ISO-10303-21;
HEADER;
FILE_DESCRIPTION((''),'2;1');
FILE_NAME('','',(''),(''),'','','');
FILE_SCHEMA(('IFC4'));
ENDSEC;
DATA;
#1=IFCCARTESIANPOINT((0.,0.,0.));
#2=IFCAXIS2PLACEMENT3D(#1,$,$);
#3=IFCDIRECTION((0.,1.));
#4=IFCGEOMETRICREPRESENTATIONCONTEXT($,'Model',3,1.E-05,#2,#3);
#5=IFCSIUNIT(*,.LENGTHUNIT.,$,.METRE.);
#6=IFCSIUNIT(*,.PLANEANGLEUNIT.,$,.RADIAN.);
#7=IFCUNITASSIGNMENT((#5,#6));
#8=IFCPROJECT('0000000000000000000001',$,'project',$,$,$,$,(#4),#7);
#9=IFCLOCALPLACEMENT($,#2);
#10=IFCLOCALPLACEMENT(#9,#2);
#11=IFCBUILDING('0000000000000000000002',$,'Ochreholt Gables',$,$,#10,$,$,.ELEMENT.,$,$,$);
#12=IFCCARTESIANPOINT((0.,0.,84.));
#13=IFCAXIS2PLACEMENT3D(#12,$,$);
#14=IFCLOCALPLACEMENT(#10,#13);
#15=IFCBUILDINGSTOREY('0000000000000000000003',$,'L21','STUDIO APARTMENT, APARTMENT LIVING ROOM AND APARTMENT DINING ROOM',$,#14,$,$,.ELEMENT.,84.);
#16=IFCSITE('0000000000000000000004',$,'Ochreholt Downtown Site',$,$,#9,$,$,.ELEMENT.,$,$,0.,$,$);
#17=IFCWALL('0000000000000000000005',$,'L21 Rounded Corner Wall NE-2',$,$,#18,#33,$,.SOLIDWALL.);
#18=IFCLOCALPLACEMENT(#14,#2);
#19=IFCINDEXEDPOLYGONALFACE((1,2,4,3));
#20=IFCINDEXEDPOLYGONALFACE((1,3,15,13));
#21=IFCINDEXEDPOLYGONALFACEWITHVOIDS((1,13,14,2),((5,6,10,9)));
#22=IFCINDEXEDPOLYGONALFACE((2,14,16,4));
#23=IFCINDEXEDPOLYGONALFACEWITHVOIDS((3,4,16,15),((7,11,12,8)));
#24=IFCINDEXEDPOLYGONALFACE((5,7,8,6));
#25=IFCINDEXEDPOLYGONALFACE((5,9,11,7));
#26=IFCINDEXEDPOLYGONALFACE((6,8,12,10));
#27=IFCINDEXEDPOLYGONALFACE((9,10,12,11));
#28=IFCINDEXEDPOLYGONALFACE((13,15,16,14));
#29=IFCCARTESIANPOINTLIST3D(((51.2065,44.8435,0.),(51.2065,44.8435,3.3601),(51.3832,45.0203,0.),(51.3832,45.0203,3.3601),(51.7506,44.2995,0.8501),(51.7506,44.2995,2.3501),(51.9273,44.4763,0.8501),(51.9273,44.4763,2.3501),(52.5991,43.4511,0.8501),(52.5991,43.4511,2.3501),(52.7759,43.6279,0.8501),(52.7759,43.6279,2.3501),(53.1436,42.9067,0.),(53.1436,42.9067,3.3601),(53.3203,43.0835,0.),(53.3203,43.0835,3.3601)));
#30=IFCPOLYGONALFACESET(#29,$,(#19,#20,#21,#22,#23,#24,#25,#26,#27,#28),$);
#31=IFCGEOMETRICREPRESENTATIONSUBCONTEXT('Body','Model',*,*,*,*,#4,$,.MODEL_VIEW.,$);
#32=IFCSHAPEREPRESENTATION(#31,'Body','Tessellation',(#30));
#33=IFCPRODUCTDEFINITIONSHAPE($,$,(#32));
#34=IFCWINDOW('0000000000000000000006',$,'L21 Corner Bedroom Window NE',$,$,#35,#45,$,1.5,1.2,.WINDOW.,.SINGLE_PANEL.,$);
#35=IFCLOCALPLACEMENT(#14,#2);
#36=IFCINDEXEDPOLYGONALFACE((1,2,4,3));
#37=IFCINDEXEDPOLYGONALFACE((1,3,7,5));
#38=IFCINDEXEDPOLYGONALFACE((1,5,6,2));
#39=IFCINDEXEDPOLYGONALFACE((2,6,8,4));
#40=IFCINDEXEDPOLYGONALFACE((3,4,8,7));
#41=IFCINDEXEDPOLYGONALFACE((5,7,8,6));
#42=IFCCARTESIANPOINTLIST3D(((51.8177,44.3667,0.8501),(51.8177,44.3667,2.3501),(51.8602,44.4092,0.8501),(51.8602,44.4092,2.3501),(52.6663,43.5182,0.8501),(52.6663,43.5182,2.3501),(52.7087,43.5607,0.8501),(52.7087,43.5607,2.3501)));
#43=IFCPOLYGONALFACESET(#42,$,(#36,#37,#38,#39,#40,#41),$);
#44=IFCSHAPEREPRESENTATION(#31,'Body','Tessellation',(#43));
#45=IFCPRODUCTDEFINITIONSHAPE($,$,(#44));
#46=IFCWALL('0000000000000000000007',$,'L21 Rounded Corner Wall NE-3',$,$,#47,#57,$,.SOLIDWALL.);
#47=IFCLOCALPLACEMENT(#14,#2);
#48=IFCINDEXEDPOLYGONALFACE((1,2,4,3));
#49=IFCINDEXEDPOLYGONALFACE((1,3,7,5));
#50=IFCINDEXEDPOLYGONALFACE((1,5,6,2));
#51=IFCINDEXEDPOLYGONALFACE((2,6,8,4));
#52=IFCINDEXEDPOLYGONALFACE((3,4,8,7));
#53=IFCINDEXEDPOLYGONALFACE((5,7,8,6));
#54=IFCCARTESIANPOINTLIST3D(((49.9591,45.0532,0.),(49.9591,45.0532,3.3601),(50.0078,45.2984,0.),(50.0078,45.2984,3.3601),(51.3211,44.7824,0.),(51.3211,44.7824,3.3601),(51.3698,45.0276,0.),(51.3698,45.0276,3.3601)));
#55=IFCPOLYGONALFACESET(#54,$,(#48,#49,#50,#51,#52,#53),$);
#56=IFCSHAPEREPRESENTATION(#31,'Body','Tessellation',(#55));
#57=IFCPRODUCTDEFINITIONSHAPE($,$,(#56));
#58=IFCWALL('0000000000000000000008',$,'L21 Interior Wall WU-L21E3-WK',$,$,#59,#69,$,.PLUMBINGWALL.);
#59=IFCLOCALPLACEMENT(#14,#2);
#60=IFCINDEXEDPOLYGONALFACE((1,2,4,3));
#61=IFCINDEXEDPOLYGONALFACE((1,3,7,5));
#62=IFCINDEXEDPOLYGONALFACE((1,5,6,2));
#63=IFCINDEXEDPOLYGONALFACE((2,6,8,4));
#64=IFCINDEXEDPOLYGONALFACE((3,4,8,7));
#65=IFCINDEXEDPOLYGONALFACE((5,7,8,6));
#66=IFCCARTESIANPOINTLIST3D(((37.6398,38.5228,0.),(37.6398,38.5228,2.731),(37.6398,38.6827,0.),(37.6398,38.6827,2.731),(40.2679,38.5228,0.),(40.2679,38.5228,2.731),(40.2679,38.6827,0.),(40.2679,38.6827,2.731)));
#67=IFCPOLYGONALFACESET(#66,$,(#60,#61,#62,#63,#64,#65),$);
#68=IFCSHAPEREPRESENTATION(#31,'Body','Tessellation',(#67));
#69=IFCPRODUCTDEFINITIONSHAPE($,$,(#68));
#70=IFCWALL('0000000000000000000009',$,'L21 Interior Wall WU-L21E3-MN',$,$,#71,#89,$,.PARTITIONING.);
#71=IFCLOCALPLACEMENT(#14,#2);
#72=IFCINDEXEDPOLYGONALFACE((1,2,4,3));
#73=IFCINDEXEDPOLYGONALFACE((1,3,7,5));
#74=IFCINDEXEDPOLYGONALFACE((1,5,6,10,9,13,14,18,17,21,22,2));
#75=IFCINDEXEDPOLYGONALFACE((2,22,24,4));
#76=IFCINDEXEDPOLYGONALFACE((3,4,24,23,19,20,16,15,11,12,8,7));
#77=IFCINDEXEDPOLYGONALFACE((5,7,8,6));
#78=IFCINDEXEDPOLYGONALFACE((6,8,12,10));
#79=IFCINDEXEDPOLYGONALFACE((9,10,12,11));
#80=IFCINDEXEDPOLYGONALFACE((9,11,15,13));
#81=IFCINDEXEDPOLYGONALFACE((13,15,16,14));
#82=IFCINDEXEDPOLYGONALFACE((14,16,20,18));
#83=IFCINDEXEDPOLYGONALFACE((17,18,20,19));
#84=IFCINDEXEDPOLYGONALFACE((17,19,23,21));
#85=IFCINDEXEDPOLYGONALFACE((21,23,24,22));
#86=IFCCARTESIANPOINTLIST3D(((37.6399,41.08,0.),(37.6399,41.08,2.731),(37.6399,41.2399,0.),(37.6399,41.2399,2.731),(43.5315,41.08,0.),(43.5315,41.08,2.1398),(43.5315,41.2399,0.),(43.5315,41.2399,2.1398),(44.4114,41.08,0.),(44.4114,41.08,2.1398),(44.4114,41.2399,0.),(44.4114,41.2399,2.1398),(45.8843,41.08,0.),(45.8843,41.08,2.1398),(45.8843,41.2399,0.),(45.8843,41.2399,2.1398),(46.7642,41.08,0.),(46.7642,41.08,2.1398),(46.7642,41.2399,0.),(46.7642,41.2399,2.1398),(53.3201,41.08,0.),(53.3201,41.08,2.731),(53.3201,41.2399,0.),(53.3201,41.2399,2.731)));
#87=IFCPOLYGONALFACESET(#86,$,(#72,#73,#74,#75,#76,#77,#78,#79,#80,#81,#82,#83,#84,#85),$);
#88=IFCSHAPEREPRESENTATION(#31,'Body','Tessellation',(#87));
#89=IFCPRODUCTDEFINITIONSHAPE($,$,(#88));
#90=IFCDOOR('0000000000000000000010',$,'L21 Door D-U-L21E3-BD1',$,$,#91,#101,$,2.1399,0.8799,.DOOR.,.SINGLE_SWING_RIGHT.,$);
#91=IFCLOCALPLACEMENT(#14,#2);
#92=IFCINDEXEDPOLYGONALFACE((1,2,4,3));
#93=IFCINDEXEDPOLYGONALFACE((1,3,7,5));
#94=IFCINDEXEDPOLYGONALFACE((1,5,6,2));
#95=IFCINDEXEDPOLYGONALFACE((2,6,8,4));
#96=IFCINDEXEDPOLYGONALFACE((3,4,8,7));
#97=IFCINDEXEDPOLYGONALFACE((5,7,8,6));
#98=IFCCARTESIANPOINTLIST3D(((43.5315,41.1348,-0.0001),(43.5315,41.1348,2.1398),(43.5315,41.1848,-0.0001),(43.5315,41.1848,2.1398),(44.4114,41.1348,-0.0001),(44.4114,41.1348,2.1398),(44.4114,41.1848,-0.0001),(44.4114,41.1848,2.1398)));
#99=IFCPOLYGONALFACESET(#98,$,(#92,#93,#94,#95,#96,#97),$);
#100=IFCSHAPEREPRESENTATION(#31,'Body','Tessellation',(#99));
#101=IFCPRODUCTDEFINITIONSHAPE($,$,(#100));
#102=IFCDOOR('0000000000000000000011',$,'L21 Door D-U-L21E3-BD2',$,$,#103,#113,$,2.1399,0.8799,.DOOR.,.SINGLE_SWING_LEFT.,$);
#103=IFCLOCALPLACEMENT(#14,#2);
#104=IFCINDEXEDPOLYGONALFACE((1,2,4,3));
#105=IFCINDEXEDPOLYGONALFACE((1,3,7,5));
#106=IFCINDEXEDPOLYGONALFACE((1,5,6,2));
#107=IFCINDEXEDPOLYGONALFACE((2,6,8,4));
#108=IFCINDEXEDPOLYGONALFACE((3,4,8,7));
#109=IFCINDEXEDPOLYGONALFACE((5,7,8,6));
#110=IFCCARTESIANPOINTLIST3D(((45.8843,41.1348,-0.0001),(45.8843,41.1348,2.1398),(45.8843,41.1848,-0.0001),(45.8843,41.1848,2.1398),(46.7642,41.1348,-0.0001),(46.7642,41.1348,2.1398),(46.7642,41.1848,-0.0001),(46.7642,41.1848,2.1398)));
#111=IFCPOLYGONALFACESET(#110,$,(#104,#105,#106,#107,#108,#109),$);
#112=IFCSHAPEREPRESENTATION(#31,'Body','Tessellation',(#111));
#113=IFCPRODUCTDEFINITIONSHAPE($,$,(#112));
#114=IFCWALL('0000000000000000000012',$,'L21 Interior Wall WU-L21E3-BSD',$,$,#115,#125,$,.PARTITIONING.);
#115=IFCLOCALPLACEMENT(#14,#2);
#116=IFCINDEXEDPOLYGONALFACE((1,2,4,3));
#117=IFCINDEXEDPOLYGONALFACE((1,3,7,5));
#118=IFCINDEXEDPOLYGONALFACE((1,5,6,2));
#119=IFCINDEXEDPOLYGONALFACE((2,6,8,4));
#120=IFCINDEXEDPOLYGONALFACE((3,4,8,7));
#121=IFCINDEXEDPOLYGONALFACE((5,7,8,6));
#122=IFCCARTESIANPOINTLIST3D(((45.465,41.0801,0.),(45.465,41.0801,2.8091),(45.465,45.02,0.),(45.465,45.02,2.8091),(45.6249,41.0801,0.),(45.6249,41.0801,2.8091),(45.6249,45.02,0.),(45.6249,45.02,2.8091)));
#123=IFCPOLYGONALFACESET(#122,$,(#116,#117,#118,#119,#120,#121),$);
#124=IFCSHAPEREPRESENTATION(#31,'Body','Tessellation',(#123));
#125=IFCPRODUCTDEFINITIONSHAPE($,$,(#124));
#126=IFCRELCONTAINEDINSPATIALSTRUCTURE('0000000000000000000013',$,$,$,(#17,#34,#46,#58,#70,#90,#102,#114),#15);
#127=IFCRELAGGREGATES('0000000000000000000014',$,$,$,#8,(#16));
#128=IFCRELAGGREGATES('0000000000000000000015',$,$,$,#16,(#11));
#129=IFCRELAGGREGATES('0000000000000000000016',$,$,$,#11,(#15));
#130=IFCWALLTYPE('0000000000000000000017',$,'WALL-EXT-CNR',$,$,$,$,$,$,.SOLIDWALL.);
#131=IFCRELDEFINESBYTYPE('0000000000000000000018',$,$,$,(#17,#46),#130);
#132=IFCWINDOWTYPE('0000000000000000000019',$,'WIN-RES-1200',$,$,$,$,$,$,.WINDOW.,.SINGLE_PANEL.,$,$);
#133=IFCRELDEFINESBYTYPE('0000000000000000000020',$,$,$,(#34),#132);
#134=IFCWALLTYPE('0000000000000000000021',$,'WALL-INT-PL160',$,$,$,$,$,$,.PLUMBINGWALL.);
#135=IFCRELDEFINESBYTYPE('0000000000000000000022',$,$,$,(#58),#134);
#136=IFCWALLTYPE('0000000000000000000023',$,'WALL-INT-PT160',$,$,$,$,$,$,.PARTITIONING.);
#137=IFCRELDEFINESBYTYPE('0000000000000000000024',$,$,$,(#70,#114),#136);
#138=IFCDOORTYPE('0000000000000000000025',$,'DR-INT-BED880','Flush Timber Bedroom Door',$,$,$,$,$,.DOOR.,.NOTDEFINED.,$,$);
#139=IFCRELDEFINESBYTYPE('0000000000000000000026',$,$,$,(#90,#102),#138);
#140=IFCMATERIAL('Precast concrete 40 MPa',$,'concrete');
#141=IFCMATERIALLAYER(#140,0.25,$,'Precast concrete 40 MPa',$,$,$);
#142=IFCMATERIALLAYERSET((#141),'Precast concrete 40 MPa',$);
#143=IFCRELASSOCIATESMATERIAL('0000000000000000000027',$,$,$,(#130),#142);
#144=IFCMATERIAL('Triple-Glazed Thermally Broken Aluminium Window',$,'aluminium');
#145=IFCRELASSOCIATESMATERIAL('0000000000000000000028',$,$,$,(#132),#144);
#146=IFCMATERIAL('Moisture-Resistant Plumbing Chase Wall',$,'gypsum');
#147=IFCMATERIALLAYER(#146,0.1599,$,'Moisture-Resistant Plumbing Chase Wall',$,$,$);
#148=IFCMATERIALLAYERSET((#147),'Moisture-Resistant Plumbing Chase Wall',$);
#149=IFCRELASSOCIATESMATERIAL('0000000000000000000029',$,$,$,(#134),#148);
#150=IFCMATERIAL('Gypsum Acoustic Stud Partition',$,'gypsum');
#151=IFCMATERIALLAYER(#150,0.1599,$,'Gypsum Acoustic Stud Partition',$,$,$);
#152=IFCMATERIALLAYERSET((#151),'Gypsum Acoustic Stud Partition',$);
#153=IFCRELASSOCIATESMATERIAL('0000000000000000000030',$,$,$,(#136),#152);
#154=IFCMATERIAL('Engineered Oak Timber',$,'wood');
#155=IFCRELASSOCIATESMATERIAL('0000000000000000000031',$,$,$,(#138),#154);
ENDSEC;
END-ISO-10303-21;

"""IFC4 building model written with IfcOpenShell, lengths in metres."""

from ifc_helpers import new_model, si_unit, direction, frame, frame_2d, origin, place, context, subcontext, project, spatial, rectangle, extrude, material, layer, layer_set, type_object, element, fill, save


model = new_model("IFC4")

# Units and contexts
model_context = context("Model", 3, precision=1e-05, world=origin(), true_north=direction((0.0, 1.0)))
body_context = subcontext(model_context, "Body", "Model", "MODEL_VIEW")
ifc_project = project(units=[si_unit("LENGTHUNIT", "METRE"), si_unit("PLANEANGLEUNIT", "RADIAN")], contexts=[model_context])

# Site, building, storey
site_placement = place(None, origin())
site = spatial("IfcSite", under=ifc_project, at=site_placement, Name="Ochreholt Downtown Site", CompositionType="ELEMENT", RefElevation=0.0)
building_placement = place(site_placement, origin())
building = spatial("IfcBuilding", under=site, at=building_placement, Name="Ochreholt Gables", CompositionType="ELEMENT")
storey_placement = place(building_placement, frame((0.0, 0.0, 84.0)))
storey = spatial("IfcBuildingStorey", under=building, at=storey_placement, Name="L21", Description="STUDIO APARTMENT, APARTMENT LIVING ROOM AND APARTMENT DINING ROOM", CompositionType="ELEMENT", Elevation=84.0)

# Shared definitions
ifc_material_1 = material(Name="Precast concrete 40 MPa", Category="concrete")
ifc_material_2 = material(Name="Triple-Glazed Thermally Broken Aluminium Window", Category="aluminium")

# Shared definitions
ifc_layer_1 = layer(ifc_material_1, 0.25, Name="Precast concrete 40 MPa")
ifc_layer_set_1 = layer_set([ifc_layer_1], Name="Precast concrete 40 MPa")
wall_type_1 = type_object("IfcWallType", Name="WALL-EXT-CNR", PredefinedType="SOLIDWALL", material=ifc_layer_set_1)

# Wall, opening, window
wall_1_placement = place(storey_placement, frame((53.2319, 42.9951, 0.0), z_axis=(0.0, 0.0, 1.0), x_axis=(-0.707151, 0.707062, 0.0)))
wall_1 = element("IfcWall", 1, at=wall_1_placement, inside=storey, type_object=wall_type_1, Name="L21 Rounded Corner Wall NE-2", PredefinedType="SOLIDWALL", context=body_context, shape_type="SweptSolid", body=[
    extrude(rectangle(XDim=2.7393, YDim=0.25, at=frame_2d((1.3696, 0.0))), origin(), (0.0, 0.0, 1.0), 3.3601),
])
opening_1_placement = place(wall_1_placement, frame((0.7698, 0.0, 0.8501)))
opening_1 = element("IfcOpeningElement", 2, at=opening_1_placement, cuts=wall_1, PredefinedType="OPENING", context=body_context, shape_type="SweptSolid", body=[
    extrude(rectangle(XDim=1.2, YDim=1.5, at=frame_2d((0.6001, 0.75))), frame((0.0, 0.135, 0.0), z_axis=(0.0, -1.0, 0.0), x_axis=(1.0, 0.0, 0.0)), (0.0, 0.0, 1.0), 0.27),
])
window_type_1 = type_object("IfcWindowType", Name="WIN-RES-1200", PartitioningType="SINGLE_PANEL", PredefinedType="WINDOW", material=ifc_material_2)
window_1_placement = place(opening_1_placement, origin())
window_1 = element("IfcWindow", 3, at=window_1_placement, inside=storey, type_object=window_type_1, Name="L21 Corner Bedroom Window NE", OverallHeight=1.5, OverallWidth=1.2, PartitioningType="SINGLE_PANEL", PredefinedType="WINDOW", context=body_context, shape_type="SweptSolid", body=[
    extrude(rectangle(XDim=1.2, YDim=1.5, at=frame_2d((0.6001, 0.75))), frame((0.0, 0.03, 0.0), z_axis=(0.0, -1.0, 0.0), x_axis=(1.0, 0.0, 0.0)), (0.0, 0.0, 1.0), 0.0601),
])
fill(opening_1, window_1)

# Walls
wall_2_placement = place(storey_placement, frame((51.3455, 44.905, 0.0), z_axis=(0.0, 0.0, 1.0), x_axis=(-0.98081, 0.194967, 0.0)))
element("IfcWall", 4, at=wall_2_placement, inside=storey, type_object=wall_type_1, Name="L21 Rounded Corner Wall NE-3", PredefinedType="SOLIDWALL", context=body_context, shape_type="SweptSolid", body=[
    extrude(rectangle(XDim=1.3887, YDim=0.25, at=frame_2d((0.6943, 0.0))), origin(), (0.0, 0.0, 1.0), 3.3601),
])
ifc_material_3 = material(Name="Moisture-Resistant Plumbing Chase Wall", Category="gypsum")
ifc_layer_2 = layer(ifc_material_3, 0.1599, Name="Moisture-Resistant Plumbing Chase Wall")
ifc_layer_set_2 = layer_set([ifc_layer_2], Name="Moisture-Resistant Plumbing Chase Wall")
wall_type_2 = type_object("IfcWallType", Name="WALL-INT-PL160", PredefinedType="PLUMBINGWALL", material=ifc_layer_set_2)
wall_3_placement = place(storey_placement, frame((37.6399, 38.6028, 0.0), z_axis=(0.0, 0.0, 1.0), x_axis=(1.0, 0.0, 0.0)))
element("IfcWall", 5, at=wall_3_placement, inside=storey, type_object=wall_type_2, Name="L21 Interior Wall WU-L21E3-WK", PredefinedType="PLUMBINGWALL", context=body_context, shape_type="SweptSolid", body=[
    extrude(rectangle(XDim=2.6282, YDim=0.1599, at=frame_2d((1.314, 0.0))), origin(), (0.0, 0.0, 1.0), 2.731),
])

# Wall, openings, doors
ifc_material_4 = material(Name="Gypsum Acoustic Stud Partition", Category="gypsum")
ifc_layer_3 = layer(ifc_material_4, 0.1599, Name="Gypsum Acoustic Stud Partition")
ifc_layer_set_3 = layer_set([ifc_layer_3], Name="Gypsum Acoustic Stud Partition")
wall_type_3 = type_object("IfcWallType", Name="WALL-INT-PT160", PredefinedType="PARTITIONING", material=ifc_layer_set_3)
wall_4_placement = place(storey_placement, frame((37.6399, 41.1599, 0.0), z_axis=(0.0, 0.0, 1.0), x_axis=(1.0, 0.0, 0.0)))
wall_4 = element("IfcWall", 6, at=wall_4_placement, inside=storey, type_object=wall_type_3, Name="L21 Interior Wall WU-L21E3-MN", PredefinedType="PARTITIONING", context=body_context, shape_type="SweptSolid", body=[
    extrude(rectangle(XDim=15.6802, YDim=0.1599, at=frame_2d((7.8401, 0.0))), origin(), (0.0, 0.0, 1.0), 2.731),
])
opening_2_placement = place(wall_4_placement, frame((5.8916, 0.0, 0.0)))
opening_2 = element("IfcOpeningElement", 7, at=opening_2_placement, cuts=wall_4, PredefinedType="OPENING", context=body_context, shape_type="SweptSolid", body=[
    extrude(rectangle(XDim=0.8799, YDim=2.1399, at=frame_2d((0.4399, 1.0698))), frame((0.0, 0.0898, 0.0), z_axis=(0.0, -1.0, 0.0), x_axis=(1.0, 0.0, 0.0)), (0.0, 0.0, 1.0), 0.1799),
])
opening_3_placement = place(wall_4_placement, frame((8.2444, 0.0, 0.0)))
opening_3 = element("IfcOpeningElement", 8, at=opening_3_placement, cuts=wall_4, PredefinedType="OPENING", context=body_context, shape_type="SweptSolid", body=[
    extrude(rectangle(XDim=0.8799, YDim=2.1399, at=frame_2d((0.4399, 1.0698))), frame((0.0, 0.0898, 0.0), z_axis=(0.0, -1.0, 0.0), x_axis=(1.0, 0.0, 0.0)), (0.0, 0.0, 1.0), 0.1799),
])
ifc_material_5 = material(Name="Engineered Oak Timber", Category="wood")
door_type = type_object("IfcDoorType", Name="DR-INT-BED880", Description="Flush Timber Bedroom Door", OperationType="NOTDEFINED", PredefinedType="DOOR", material=ifc_material_5)
door_1_placement = place(opening_2_placement, origin())
door_1 = element("IfcDoor", 9, at=door_1_placement, inside=storey, type_object=door_type, Name="L21 Door D-U-L21E3-BD1", OperationType="SINGLE_SWING_RIGHT", OverallHeight=2.1399, OverallWidth=0.8799, PredefinedType="DOOR", context=body_context, shape_type="SweptSolid", body=[
    extrude(rectangle(XDim=0.8799, YDim=2.1399, at=frame_2d((0.4399, 1.0698))), frame((0.0, 0.0249, 0.0), z_axis=(0.0, -1.0, 0.0), x_axis=(1.0, 0.0, 0.0)), (0.0, 0.0, 1.0), 0.05),
])
fill(opening_2, door_1)
door_2_placement = place(opening_3_placement, origin())
door_2 = element("IfcDoor", 10, at=door_2_placement, inside=storey, type_object=door_type, Name="L21 Door D-U-L21E3-BD2", OperationType="SINGLE_SWING_LEFT", OverallHeight=2.1399, OverallWidth=0.8799, PredefinedType="DOOR", context=body_context, shape_type="SweptSolid", body=[
    extrude(rectangle(XDim=0.8799, YDim=2.1399, at=frame_2d((0.4399, 1.0698))), frame((0.0, 0.0249, 0.0), z_axis=(0.0, -1.0, 0.0), x_axis=(1.0, 0.0, 0.0)), (0.0, 0.0, 1.0), 0.05),
])
fill(opening_3, door_2)

# Wall
wall_5_placement = place(storey_placement, frame((45.5449, 41.0801, 0.0), z_axis=(0.0, 0.0, 1.0), x_axis=(0.0, 1.0, 0.0)))
element("IfcWall", 11, at=wall_5_placement, inside=storey, type_object=wall_type_3, Name="L21 Interior Wall WU-L21E3-BSD", PredefinedType="PARTITIONING", context=body_context, shape_type="SweptSolid", body=[
    extrude(rectangle(XDim=3.9399, YDim=0.1599, at=frame_2d((1.97, 0.0))), origin(), (0.0, 0.0, 1.0), 2.8091),
])

save(model, "model.ifc")
